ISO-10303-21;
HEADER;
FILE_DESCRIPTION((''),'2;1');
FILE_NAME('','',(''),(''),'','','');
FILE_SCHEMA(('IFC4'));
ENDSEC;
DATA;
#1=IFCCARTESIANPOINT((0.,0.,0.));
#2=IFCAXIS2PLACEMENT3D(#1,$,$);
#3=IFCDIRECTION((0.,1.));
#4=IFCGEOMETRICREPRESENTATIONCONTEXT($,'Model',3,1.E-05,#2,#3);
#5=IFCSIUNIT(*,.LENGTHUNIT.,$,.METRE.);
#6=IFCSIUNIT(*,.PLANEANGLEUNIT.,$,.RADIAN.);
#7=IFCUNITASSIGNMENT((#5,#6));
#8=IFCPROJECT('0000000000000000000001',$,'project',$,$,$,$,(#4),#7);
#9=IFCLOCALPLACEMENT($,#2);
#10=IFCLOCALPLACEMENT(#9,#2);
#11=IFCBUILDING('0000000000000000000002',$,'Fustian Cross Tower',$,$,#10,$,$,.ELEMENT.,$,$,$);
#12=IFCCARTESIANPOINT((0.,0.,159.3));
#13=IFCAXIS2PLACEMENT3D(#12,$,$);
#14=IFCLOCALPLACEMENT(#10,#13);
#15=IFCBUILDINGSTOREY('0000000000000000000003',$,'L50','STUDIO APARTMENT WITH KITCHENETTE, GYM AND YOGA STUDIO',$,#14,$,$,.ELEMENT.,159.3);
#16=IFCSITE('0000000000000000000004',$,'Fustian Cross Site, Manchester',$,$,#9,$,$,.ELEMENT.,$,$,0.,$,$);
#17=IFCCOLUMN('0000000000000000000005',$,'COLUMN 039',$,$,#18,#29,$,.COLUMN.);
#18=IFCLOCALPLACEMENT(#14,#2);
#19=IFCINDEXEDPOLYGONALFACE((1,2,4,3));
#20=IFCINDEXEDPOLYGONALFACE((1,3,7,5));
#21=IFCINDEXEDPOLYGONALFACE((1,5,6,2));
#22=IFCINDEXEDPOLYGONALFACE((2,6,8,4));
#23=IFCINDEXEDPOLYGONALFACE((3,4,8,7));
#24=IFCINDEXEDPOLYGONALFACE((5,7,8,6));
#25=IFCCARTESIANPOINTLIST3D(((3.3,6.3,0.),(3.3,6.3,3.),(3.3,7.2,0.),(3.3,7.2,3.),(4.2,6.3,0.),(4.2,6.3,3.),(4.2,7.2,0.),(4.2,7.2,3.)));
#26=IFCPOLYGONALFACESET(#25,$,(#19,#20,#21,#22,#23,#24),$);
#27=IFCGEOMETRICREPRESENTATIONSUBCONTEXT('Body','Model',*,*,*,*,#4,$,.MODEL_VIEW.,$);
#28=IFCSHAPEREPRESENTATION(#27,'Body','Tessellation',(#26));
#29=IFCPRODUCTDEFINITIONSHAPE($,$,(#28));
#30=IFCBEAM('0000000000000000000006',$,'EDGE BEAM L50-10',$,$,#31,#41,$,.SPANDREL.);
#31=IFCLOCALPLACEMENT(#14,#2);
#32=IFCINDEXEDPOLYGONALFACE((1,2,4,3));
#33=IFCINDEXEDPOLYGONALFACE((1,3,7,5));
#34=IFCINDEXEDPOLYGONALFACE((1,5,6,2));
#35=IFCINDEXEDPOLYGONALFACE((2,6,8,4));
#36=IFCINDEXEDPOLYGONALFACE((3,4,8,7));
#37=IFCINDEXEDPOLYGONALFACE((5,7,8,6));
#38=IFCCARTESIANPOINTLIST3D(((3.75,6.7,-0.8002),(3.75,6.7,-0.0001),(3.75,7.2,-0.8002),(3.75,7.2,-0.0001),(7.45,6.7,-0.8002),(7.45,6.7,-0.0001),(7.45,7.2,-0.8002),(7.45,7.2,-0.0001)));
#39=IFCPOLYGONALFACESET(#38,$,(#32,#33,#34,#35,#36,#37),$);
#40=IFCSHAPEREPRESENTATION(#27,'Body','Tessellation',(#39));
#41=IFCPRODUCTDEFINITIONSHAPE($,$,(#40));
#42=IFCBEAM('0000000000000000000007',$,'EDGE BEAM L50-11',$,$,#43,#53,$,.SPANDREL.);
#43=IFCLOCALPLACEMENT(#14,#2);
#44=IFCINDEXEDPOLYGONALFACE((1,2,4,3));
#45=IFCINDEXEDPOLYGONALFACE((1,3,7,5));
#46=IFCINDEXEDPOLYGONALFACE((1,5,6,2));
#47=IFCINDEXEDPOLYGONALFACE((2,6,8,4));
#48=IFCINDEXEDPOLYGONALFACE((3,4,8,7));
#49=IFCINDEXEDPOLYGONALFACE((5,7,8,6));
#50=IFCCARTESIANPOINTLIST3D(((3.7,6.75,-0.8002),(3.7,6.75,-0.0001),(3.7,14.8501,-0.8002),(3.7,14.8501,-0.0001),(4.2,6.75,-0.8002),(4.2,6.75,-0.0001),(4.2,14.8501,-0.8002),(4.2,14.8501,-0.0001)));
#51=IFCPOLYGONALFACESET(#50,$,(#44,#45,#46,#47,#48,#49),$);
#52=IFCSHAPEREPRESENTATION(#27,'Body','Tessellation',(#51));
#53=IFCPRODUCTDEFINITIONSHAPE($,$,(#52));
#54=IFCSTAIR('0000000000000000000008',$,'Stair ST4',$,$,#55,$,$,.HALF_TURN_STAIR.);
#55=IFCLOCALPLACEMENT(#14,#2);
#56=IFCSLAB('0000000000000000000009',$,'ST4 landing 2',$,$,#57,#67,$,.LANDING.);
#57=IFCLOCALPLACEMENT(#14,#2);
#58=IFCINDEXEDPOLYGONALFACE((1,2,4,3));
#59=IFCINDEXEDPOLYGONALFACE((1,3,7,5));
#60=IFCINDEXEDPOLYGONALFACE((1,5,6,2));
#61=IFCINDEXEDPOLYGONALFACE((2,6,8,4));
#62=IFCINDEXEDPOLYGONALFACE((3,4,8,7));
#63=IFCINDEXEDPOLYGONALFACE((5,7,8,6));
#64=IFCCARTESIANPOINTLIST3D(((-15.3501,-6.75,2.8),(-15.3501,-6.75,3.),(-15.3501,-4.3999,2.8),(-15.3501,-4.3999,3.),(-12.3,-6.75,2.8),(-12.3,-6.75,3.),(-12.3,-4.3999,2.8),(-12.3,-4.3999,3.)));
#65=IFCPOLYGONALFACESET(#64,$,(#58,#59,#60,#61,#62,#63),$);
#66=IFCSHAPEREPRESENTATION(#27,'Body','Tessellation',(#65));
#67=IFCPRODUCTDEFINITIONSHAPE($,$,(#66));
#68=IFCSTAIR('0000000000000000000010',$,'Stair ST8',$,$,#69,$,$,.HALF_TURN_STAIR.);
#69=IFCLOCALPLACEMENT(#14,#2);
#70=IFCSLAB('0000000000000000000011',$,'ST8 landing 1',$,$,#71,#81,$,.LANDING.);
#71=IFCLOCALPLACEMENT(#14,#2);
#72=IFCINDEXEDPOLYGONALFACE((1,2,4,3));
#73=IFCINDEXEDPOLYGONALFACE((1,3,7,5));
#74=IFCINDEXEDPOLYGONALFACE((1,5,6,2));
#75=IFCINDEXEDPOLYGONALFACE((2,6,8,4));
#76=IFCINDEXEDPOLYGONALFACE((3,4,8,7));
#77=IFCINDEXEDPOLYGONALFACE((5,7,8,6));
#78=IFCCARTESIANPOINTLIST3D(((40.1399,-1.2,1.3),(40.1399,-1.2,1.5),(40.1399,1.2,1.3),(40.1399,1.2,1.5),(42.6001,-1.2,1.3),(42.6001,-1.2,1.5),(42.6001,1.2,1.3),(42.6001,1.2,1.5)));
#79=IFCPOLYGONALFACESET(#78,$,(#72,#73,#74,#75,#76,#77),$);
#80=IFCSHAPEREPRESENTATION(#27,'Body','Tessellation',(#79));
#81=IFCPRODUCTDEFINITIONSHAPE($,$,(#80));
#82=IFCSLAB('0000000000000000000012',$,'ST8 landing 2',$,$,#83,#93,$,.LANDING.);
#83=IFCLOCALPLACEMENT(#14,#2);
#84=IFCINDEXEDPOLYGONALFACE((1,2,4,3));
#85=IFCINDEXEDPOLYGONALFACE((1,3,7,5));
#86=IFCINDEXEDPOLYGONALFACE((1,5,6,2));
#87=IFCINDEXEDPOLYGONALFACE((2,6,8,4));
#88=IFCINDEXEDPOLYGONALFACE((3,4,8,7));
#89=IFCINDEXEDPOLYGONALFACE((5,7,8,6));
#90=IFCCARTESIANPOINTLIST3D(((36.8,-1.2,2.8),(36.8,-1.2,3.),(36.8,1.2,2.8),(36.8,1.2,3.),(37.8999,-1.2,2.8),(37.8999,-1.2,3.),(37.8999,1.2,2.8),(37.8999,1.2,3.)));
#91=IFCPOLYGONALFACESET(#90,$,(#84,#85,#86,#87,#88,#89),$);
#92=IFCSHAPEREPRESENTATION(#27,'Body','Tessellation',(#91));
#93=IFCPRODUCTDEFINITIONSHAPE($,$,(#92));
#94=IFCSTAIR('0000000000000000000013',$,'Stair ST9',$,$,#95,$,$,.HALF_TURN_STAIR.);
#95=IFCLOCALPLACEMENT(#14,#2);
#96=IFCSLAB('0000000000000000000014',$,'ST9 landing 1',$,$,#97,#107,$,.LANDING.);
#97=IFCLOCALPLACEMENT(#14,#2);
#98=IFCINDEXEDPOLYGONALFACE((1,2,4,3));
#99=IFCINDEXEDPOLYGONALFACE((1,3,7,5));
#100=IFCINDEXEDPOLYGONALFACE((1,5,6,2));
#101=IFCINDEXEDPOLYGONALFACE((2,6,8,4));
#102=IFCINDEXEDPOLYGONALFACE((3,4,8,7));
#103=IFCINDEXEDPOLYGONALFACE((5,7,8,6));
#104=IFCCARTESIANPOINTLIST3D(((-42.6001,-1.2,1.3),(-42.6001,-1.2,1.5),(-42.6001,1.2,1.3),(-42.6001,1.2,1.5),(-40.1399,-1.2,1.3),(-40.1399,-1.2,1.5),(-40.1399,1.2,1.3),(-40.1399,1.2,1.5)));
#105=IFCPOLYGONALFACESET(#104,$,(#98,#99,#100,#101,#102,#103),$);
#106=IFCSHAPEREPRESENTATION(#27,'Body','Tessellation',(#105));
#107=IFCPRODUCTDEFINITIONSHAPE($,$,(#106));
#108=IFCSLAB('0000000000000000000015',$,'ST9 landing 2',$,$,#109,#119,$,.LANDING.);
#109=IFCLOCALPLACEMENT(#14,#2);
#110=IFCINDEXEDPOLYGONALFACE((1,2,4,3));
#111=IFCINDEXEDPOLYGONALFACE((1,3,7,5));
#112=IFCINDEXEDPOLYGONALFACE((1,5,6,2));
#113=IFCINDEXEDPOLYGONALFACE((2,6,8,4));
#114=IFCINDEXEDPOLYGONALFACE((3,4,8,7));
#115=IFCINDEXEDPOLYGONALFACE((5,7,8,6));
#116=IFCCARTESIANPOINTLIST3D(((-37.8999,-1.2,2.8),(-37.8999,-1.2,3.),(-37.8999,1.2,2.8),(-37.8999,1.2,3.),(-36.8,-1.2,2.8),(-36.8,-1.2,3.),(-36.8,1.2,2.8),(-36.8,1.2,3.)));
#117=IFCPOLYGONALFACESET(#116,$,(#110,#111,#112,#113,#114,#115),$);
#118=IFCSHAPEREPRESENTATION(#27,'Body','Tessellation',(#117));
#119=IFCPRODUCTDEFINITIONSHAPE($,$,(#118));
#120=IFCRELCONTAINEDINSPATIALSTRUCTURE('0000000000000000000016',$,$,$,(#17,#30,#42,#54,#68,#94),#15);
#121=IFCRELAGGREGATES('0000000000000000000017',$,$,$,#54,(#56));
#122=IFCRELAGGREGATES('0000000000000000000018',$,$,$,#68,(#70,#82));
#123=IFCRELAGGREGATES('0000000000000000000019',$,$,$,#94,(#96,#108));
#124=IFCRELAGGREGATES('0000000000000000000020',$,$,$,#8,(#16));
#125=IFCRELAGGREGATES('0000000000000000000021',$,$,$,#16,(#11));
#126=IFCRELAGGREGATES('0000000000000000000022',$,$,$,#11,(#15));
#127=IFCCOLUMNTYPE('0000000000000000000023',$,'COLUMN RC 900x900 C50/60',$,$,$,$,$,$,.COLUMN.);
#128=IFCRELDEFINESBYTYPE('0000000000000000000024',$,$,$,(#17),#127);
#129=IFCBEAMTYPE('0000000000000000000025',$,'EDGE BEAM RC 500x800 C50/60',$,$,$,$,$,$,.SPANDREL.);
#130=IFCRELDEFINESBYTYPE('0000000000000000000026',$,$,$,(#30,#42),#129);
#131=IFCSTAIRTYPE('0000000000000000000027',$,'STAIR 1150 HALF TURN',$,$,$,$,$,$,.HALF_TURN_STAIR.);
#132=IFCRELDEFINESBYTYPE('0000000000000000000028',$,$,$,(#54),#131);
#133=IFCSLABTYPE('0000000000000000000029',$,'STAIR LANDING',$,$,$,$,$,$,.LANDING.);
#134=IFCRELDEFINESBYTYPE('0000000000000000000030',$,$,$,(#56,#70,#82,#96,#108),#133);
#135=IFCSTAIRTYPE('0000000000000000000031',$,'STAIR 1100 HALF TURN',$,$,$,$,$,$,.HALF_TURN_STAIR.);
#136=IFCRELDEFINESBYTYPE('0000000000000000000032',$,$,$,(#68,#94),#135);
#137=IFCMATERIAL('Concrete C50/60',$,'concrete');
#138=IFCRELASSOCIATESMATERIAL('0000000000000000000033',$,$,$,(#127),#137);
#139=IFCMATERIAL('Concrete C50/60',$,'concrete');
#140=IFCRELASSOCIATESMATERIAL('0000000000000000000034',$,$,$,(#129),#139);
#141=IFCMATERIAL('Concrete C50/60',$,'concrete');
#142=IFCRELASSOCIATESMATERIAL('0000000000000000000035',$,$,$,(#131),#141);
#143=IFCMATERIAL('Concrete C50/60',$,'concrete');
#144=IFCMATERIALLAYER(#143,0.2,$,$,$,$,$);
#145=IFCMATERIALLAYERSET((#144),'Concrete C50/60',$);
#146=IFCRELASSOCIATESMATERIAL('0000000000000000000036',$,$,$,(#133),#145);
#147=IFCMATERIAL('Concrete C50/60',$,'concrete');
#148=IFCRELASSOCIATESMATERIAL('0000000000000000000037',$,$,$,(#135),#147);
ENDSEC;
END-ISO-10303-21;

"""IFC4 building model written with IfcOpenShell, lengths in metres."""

from ifc_helpers import new_model, si_unit, direction, frame, origin, origin_2d, place, context, subcontext, project, spatial, polyline, rectangle, outline, extrude, material, layer, layer_set, material_profile, profile_set, type_object, element, aggregate, save


model = new_model("IFC4")

# Units and contexts
model_context = context("Model", 3, precision=1e-05, world=origin(), true_north=direction((0.0, 1.0)))
body_context = subcontext(model_context, "Body", "Model", "MODEL_VIEW")
ifc_project = project(units=[si_unit("LENGTHUNIT", "METRE"), si_unit("PLANEANGLEUNIT", "RADIAN")], contexts=[model_context])

# Site, building, storey
site_placement = place(None, origin())
site = spatial("IfcSite", under=ifc_project, at=site_placement, Name="Fustian Cross Site, Manchester", CompositionType="ELEMENT", RefElevation=0.0)
building_placement = place(site_placement, origin())
building = spatial("IfcBuilding", under=site, at=building_placement, Name="Fustian Cross Tower", CompositionType="ELEMENT")
storey_placement = place(building_placement, frame((0.0, 0.0, 159.3)))
storey = spatial("IfcBuildingStorey", under=building, at=storey_placement, Name="L50", Description="STUDIO APARTMENT WITH KITCHENETTE, GYM AND YOGA STUDIO", CompositionType="ELEMENT", Elevation=159.3)

# Column
ifc_material_1 = material(Name="Concrete C50/60", Category="concrete")
ifc_material_profile_1 = material_profile(ifc_material_1, rectangle(XDim=0.8999, YDim=0.8999, at=origin_2d()), Name="RC 900x900")
ifc_profile_set_1 = profile_set([ifc_material_profile_1], Name="Concrete C50/60")
column_type = type_object("IfcColumnType", Name="COLUMN RC 900x900 C50/60", PredefinedType="COLUMN", material=ifc_profile_set_1)
column_placement = place(storey_placement, frame((3.75, 6.75, 0.0), z_axis=(0.0, 0.0, 1.0), x_axis=(1.0, 0.0, 0.0)))
element("IfcColumn", 1, at=column_placement, inside=storey, type_object=column_type, Name="COLUMN 039", PredefinedType="COLUMN", context=body_context, shape_type="SweptSolid", body=[
    extrude(rectangle(XDim=0.8999, YDim=0.8999, at=origin_2d()), origin(), (0.0, 0.0, 1.0), 3.0),
])

# Beams
ifc_material_2 = material(Name="Concrete C50/60", Category="concrete")
ifc_material_profile_2 = material_profile(ifc_material_2, rectangle(XDim=0.5, YDim=0.8, at=origin_2d()), Name="RC 500x800")
ifc_profile_set_2 = profile_set([ifc_material_profile_2], Name="Concrete C50/60")
beam_type = type_object("IfcBeamType", Name="EDGE BEAM RC 500x800 C50/60", PredefinedType="SPANDREL", material=ifc_profile_set_2)
beam_1_placement = place(storey_placement, frame((7.45, 6.95, -0.4001), z_axis=(-1.0, 0.0, 0.0), x_axis=(0.0, -1.0, 0.0)))
element("IfcBeam", 2, at=beam_1_placement, inside=storey, type_object=beam_type, Name="EDGE BEAM L50-10", PredefinedType="SPANDREL", context=body_context, shape_type="SweptSolid", body=[
    extrude(rectangle(XDim=0.5, YDim=0.8, at=origin_2d()), origin(), (0.0, 0.0, 1.0), 3.7),
])
beam_2_placement = place(storey_placement, frame((3.95, 6.75, -0.4001), z_axis=(0.0, 1.0, 0.0), x_axis=(-1.0, 0.0, 0.0)))
element("IfcBeam", 3, at=beam_2_placement, inside=storey, type_object=beam_type, Name="EDGE BEAM L50-11", PredefinedType="SPANDREL", context=body_context, shape_type="SweptSolid", body=[
    extrude(rectangle(XDim=0.5, YDim=0.8, at=origin_2d()), origin(), (0.0, 0.0, 1.0), 8.1001),
])

# Stair, slab
ifc_material_3 = material(Name="Concrete C50/60", Category="concrete")
stair_type_1 = type_object("IfcStairType", Name="STAIR 1150 HALF TURN", PredefinedType="HALF_TURN_STAIR", material=ifc_material_3)
stair_1_placement = place(storey_placement, origin())
stair_1 = element("IfcStair", 4, at=stair_1_placement, inside=storey, type_object=stair_type_1, Name="Stair ST4", PredefinedType="HALF_TURN_STAIR")
ifc_material_4 = material(Name="Concrete C50/60", Category="concrete")
ifc_layer_1 = layer(ifc_material_4, 0.2)
ifc_layer_set_1 = layer_set([ifc_layer_1], Name="Concrete C50/60")
slab_type = type_object("IfcSlabType", Name="STAIR LANDING", PredefinedType="LANDING", material=ifc_layer_set_1)
slab_1_placement = place(storey_placement, frame((0.0, 0.0, 2.8)))
slab_1 = element("IfcSlab", 5, at=slab_1_placement, type_object=slab_type, Name="ST4 landing 2", PredefinedType="LANDING", context=body_context, shape_type="SweptSolid", body=[
    extrude(outline(polyline([(-12.3, -4.3999), (-15.3501, -4.3999), (-15.3501, -6.75), (-12.3, -6.75), (-12.3, -4.3999)])), origin(), (0.0, 0.0, 1.0), 0.2),
])
aggregate(stair_1, [slab_1])

# Stairs, slabs
ifc_material_5 = material(Name="Concrete C50/60", Category="concrete")
stair_type_2 = type_object("IfcStairType", Name="STAIR 1100 HALF TURN", PredefinedType="HALF_TURN_STAIR", material=ifc_material_5)
stair_2_placement = place(storey_placement, origin())
stair_2 = element("IfcStair", 6, at=stair_2_placement, inside=storey, type_object=stair_type_2, Name="Stair ST8", PredefinedType="HALF_TURN_STAIR")
slab_2_placement = place(storey_placement, frame((0.0, 0.0, 1.3)))
slab_2 = element("IfcSlab", 7, at=slab_2_placement, type_object=slab_type, Name="ST8 landing 1", PredefinedType="LANDING", context=body_context, shape_type="SweptSolid", body=[
    extrude(outline(polyline([(40.1399, -1.2), (42.6001, -1.2), (42.6001, 1.2), (40.1399, 1.2), (40.1399, -1.2)])), origin(), (0.0, 0.0, 1.0), 0.2),
])
slab_3_placement = place(storey_placement, frame((0.0, 0.0, 2.8)))
slab_3 = element("IfcSlab", 8, at=slab_3_placement, type_object=slab_type, Name="ST8 landing 2", PredefinedType="LANDING", context=body_context, shape_type="SweptSolid", body=[
    extrude(outline(polyline([(36.8, -1.2), (37.8999, -1.2), (37.8999, 1.2), (36.8, 1.2), (36.8, -1.2)])), origin(), (0.0, 0.0, 1.0), 0.2),
])
aggregate(stair_2, [slab_2, slab_3])
stair_3_placement = place(storey_placement, origin())
stair_3 = element("IfcStair", 9, at=stair_3_placement, inside=storey, type_object=stair_type_2, Name="Stair ST9", PredefinedType="HALF_TURN_STAIR")
slab_4_placement = place(storey_placement, frame((0.0, 0.0, 1.3)))
slab_4 = element("IfcSlab", 10, at=slab_4_placement, type_object=slab_type, Name="ST9 landing 1", PredefinedType="LANDING", context=body_context, shape_type="SweptSolid", body=[
    extrude(outline(polyline([(-40.1399, -1.2), (-42.6001, -1.2), (-42.6001, 1.2), (-40.1399, 1.2), (-40.1399, -1.2)])), origin(), (0.0, 0.0, 1.0), 0.2),
])
slab_5_placement = place(storey_placement, frame((0.0, 0.0, 2.8)))
slab_5 = element("IfcSlab", 11, at=slab_5_placement, type_object=slab_type, Name="ST9 landing 2", PredefinedType="LANDING", context=body_context, shape_type="SweptSolid", body=[
    extrude(outline(polyline([(-36.8, -1.2), (-37.8999, -1.2), (-37.8999, 1.2), (-36.8, 1.2), (-36.8, -1.2)])), origin(), (0.0, 0.0, 1.0), 0.2),
])
aggregate(stair_3, [slab_4, slab_5])

save(model, "model.ifc")
